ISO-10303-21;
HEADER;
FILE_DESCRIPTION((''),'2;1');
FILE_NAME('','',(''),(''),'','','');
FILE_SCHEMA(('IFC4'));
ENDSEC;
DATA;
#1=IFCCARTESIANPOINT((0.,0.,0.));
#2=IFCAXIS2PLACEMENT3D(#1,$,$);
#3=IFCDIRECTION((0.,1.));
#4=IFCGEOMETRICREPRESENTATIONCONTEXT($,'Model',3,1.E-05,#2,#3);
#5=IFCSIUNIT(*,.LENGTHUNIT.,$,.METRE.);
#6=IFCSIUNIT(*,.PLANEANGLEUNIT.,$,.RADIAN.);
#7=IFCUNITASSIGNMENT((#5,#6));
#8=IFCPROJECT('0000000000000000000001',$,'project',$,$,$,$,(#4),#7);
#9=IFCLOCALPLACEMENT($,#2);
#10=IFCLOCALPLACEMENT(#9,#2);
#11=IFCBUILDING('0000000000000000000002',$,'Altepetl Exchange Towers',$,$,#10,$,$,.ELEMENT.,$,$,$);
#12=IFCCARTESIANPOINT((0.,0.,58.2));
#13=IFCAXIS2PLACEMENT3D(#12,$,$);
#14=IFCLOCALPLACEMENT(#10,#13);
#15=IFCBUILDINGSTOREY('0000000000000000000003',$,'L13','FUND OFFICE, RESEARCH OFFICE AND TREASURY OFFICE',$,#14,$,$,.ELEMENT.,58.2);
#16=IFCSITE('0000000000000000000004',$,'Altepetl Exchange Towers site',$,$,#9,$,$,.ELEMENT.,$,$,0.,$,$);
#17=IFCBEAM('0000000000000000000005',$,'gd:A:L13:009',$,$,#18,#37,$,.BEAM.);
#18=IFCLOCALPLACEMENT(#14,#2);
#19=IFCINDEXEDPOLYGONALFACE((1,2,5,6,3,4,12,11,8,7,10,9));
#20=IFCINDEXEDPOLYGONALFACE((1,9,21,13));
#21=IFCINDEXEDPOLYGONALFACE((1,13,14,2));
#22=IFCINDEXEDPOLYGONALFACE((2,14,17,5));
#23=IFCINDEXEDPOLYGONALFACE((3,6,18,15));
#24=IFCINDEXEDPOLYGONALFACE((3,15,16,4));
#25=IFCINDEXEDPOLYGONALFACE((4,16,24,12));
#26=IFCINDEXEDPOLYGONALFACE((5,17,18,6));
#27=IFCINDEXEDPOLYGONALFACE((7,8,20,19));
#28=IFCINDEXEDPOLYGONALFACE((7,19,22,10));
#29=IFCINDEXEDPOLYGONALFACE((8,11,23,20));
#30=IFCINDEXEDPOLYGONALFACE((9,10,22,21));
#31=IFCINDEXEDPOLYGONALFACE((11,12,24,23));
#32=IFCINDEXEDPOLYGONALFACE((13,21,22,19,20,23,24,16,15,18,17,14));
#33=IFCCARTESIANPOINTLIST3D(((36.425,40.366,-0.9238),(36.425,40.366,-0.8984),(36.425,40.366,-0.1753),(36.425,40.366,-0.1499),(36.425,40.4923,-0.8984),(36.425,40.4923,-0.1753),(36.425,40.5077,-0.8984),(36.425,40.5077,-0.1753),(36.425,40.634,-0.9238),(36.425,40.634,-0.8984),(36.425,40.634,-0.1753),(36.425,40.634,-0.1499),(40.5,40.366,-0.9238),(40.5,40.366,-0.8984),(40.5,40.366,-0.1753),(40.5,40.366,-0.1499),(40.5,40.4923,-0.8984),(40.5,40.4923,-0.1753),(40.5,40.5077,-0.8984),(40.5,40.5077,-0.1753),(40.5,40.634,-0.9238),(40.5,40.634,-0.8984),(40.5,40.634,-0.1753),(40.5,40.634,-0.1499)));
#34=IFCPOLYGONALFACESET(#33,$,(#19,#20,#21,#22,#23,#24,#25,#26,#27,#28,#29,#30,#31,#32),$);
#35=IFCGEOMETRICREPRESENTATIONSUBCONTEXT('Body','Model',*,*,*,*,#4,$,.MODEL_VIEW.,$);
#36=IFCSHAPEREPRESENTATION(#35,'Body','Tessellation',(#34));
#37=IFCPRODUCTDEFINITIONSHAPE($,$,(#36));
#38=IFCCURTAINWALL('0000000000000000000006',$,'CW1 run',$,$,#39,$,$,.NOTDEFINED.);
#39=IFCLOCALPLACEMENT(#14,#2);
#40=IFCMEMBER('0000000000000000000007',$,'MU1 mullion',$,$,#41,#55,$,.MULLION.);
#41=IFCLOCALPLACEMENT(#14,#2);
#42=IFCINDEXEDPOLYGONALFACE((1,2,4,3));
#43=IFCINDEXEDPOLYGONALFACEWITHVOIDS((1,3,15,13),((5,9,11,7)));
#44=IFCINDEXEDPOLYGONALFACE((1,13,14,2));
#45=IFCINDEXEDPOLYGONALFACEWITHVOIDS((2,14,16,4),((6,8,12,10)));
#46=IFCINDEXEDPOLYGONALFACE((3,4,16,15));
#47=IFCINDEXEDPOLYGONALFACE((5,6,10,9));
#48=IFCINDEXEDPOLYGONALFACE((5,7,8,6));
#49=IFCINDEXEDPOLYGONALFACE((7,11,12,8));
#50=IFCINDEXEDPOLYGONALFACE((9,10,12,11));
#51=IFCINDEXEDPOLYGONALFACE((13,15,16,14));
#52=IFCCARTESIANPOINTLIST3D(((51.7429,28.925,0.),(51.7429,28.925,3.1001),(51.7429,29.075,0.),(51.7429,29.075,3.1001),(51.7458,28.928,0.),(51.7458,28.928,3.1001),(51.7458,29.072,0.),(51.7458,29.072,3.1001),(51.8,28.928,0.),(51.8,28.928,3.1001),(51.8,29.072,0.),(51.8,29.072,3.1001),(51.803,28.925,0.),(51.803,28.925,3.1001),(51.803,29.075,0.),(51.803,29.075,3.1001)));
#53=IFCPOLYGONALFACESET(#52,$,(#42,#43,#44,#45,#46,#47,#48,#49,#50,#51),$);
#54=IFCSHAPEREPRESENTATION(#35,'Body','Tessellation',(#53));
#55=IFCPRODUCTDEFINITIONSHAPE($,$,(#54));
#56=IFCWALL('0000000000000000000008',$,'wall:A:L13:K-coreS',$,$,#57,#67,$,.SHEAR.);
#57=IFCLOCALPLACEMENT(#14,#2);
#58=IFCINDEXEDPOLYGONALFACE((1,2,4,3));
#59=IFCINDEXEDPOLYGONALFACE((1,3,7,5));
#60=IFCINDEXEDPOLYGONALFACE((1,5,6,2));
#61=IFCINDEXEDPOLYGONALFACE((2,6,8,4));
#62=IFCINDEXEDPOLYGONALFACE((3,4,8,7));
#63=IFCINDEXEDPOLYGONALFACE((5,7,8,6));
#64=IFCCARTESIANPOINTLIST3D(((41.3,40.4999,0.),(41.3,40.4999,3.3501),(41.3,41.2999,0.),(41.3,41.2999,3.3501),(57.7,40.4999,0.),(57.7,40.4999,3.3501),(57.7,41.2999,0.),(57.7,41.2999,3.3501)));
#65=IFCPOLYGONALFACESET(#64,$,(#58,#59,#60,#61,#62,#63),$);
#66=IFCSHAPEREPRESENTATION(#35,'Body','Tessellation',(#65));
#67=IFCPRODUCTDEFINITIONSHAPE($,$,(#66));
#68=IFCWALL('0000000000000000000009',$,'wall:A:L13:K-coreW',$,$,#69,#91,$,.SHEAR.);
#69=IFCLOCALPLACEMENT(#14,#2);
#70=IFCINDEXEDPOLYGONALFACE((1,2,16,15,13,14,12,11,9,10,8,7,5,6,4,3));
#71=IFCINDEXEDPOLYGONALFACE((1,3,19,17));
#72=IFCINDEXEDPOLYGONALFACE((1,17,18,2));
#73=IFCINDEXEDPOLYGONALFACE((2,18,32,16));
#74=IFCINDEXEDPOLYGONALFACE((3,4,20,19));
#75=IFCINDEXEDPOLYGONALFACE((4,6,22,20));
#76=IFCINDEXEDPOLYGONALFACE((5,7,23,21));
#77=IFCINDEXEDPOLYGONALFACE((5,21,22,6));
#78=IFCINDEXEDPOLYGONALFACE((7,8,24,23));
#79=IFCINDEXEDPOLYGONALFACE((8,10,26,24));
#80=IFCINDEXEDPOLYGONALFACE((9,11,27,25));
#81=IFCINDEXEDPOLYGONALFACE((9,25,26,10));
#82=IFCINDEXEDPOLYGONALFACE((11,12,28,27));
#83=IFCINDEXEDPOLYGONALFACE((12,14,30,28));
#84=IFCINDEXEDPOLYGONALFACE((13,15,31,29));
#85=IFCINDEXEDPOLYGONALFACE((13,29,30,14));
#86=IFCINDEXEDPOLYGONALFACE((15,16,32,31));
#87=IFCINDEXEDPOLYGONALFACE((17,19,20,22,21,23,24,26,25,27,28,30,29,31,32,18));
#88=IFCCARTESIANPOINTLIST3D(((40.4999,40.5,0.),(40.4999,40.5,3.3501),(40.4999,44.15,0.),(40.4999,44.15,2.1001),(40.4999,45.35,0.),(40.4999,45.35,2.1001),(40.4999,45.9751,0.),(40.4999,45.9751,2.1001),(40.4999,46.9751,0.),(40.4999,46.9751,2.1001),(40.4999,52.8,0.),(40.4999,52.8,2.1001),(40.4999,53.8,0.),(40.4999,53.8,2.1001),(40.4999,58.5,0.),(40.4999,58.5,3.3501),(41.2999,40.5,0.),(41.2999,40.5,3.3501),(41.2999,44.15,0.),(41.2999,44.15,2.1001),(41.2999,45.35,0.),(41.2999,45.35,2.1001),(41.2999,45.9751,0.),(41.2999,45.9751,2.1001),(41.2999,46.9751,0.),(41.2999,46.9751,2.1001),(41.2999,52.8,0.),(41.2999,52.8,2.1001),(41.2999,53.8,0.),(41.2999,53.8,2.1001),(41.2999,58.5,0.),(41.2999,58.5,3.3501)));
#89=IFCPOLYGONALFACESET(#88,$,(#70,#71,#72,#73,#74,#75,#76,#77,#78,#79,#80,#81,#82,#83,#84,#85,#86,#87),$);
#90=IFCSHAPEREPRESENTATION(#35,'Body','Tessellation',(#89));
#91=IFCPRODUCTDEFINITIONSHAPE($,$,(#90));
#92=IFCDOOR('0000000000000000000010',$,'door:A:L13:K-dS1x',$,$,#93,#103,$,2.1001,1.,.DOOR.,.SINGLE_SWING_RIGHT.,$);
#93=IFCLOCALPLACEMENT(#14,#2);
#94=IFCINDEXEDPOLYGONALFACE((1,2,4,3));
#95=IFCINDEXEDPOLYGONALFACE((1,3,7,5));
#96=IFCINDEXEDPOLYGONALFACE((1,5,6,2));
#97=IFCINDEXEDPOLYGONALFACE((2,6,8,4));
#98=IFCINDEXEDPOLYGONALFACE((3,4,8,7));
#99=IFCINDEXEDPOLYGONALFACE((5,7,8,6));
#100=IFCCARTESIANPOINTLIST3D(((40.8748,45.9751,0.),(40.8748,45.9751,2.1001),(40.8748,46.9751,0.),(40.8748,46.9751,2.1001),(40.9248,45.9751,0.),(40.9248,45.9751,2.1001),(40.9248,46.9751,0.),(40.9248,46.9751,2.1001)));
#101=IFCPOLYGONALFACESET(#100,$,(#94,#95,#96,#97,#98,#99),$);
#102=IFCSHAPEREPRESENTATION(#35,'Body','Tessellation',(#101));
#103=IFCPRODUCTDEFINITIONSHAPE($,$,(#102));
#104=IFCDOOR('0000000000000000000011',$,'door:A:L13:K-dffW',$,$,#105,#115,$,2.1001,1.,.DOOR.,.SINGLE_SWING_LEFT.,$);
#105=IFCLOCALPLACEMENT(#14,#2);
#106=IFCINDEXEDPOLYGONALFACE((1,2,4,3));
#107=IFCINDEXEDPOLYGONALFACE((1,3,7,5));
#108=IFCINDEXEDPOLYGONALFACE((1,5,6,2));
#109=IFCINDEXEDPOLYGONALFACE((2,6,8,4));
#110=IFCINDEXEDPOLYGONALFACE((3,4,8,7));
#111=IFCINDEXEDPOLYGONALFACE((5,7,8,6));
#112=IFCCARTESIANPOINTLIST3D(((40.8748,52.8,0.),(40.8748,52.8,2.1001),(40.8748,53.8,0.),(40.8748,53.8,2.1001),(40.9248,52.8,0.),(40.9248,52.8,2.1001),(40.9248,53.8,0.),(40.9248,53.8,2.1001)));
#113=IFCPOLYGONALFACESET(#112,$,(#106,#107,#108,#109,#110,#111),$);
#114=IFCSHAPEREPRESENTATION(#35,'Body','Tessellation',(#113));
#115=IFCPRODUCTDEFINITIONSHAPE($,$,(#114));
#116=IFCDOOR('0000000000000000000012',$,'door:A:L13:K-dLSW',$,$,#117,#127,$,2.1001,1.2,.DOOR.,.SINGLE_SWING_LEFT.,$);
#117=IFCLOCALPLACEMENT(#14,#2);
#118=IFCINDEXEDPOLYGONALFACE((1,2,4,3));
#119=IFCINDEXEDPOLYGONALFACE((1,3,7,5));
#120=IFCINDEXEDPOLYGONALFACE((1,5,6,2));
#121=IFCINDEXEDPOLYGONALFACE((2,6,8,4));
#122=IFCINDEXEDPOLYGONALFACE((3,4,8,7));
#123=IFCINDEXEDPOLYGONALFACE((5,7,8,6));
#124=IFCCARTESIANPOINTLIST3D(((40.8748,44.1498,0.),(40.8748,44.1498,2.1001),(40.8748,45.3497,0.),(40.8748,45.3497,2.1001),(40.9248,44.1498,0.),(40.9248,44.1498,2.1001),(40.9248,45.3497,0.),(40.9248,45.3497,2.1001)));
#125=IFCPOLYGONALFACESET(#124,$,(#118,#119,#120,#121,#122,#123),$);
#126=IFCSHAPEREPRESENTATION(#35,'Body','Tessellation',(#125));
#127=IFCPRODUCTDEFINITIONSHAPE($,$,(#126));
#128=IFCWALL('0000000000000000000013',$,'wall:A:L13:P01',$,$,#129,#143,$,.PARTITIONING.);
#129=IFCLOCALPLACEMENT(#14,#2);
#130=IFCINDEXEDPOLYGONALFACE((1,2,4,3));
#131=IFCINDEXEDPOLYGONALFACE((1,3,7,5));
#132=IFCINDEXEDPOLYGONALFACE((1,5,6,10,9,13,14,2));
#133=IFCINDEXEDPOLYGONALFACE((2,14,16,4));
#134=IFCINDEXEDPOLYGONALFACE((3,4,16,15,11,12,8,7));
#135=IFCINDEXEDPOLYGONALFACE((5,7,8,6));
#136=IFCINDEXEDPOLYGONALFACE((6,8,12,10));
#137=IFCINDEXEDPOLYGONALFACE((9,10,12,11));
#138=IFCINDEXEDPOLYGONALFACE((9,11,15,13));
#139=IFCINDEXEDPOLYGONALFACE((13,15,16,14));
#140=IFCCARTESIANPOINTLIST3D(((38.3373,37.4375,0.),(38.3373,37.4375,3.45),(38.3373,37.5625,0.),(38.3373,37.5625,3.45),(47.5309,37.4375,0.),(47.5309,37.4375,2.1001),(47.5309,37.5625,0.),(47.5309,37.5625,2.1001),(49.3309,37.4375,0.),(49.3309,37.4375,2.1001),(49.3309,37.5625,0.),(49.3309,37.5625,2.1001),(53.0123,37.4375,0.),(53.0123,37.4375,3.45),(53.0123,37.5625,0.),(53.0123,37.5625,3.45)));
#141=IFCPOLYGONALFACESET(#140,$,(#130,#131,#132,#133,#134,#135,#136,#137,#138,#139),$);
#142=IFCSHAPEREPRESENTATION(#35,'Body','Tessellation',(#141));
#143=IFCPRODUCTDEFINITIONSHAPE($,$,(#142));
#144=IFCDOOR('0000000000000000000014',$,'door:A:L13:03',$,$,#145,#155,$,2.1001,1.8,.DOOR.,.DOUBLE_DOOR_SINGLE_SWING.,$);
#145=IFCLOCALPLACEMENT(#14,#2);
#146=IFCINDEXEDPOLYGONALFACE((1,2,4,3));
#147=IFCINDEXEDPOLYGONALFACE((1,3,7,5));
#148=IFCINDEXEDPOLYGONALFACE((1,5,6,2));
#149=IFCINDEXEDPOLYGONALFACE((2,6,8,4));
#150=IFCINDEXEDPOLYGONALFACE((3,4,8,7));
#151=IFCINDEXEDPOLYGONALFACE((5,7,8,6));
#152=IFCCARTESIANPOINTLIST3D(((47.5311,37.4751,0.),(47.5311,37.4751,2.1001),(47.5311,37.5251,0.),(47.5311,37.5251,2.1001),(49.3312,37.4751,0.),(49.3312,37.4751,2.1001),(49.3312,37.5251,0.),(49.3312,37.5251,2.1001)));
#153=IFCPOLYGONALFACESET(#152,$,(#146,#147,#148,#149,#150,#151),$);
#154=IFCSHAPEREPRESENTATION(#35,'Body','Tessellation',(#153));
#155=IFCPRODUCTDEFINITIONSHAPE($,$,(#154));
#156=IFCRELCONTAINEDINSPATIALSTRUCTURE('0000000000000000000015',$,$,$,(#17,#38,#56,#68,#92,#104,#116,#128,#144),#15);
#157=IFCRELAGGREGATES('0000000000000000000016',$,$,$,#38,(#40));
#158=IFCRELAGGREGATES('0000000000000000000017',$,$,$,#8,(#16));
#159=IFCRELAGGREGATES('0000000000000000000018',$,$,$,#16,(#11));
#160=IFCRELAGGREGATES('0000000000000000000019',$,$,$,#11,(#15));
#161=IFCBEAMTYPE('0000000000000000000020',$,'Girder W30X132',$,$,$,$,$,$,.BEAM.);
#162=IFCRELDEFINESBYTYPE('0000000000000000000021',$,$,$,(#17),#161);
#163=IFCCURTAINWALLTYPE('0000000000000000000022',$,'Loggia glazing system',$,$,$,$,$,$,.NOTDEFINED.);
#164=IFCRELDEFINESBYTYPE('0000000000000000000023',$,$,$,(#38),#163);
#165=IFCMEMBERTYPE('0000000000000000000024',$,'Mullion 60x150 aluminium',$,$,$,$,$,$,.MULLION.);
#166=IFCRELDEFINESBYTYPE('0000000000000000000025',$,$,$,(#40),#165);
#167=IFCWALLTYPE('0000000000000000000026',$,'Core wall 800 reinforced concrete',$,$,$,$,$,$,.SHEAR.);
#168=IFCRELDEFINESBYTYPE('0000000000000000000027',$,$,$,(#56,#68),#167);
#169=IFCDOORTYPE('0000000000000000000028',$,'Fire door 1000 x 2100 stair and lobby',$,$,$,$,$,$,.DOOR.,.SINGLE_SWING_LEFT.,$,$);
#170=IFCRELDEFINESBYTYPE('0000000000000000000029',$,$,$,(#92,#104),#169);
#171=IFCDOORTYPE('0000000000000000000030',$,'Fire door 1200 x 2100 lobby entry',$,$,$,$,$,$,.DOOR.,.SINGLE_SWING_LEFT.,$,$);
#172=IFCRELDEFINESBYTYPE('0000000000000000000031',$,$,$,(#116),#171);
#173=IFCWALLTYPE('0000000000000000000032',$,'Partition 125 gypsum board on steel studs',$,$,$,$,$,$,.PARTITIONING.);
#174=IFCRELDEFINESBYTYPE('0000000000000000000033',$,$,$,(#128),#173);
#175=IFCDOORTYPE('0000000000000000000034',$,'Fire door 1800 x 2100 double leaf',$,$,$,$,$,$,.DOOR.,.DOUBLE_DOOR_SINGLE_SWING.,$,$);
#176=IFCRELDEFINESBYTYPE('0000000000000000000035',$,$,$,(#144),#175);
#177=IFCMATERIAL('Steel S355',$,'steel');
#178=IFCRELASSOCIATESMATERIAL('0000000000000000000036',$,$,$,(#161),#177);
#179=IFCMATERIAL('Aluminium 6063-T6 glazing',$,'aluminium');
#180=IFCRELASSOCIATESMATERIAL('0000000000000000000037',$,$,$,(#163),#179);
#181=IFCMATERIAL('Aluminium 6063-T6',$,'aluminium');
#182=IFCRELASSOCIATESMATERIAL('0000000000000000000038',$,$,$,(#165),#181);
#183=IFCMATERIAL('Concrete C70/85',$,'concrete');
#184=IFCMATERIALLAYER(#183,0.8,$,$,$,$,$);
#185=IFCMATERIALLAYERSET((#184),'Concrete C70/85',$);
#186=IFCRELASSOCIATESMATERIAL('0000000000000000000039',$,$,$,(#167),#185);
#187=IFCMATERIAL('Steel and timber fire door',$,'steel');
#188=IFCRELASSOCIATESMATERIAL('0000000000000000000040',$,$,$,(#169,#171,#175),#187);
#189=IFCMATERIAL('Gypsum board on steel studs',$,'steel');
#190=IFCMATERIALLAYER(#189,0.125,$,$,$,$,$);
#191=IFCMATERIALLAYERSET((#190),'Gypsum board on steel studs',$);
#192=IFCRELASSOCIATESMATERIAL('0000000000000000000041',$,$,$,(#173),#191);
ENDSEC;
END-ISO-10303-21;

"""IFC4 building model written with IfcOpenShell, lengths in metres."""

from ifc_helpers import new_model, si_unit, direction, frame, frame_2d, origin, origin_2d, place, context, subcontext, project, spatial, rectangle, hollow_rectangle, i_section, extrude, material, layer, layer_set, material_profile, profile_set, type_object, element, fill, aggregate, save


model = new_model("IFC4")

# Units and contexts
model_context = context("Model", 3, precision=1e-05, world=origin(), true_north=direction((0.0, 1.0)))
body_context = subcontext(model_context, "Body", "Model", "MODEL_VIEW")
ifc_project = project(units=[si_unit("LENGTHUNIT", "METRE"), si_unit("PLANEANGLEUNIT", "RADIAN")], contexts=[model_context])

# Site, building, storey
site_placement = place(None, origin())
site = spatial("IfcSite", under=ifc_project, at=site_placement, Name="Altepetl Exchange Towers site", CompositionType="ELEMENT", RefElevation=0.0)
building_placement = place(site_placement, origin())
building = spatial("IfcBuilding", under=site, at=building_placement, Name="Altepetl Exchange Towers", CompositionType="ELEMENT")
storey_placement = place(building_placement, frame((0.0, 0.0, 58.2)))
storey = spatial("IfcBuildingStorey", under=building, at=storey_placement, Name="L13", Description="FUND OFFICE, RESEARCH OFFICE AND TREASURY OFFICE", CompositionType="ELEMENT", Elevation=58.2)

# Beam
ifc_material_1 = material(Name="Steel S355", Category="steel")
ifc_material_profile_1 = material_profile(ifc_material_1, i_section(OverallWidth=0.2681, OverallDepth=0.7739, WebThickness=0.0154, FlangeThickness=0.0254, at=origin_2d()), Name="W30X132")
ifc_profile_set_1 = profile_set([ifc_material_profile_1], Name="Steel S355")
beam_type = type_object("IfcBeamType", Name="Girder W30X132", PredefinedType="BEAM", material=ifc_profile_set_1)
beam_placement = place(storey_placement, frame((40.5, 40.5, -0.5369), z_axis=(-1.0, 0.0, 0.0), x_axis=(0.0, -1.0, 0.0)))
element("IfcBeam", 1, at=beam_placement, inside=storey, type_object=beam_type, Name="gd:A:L13:009", PredefinedType="BEAM", context=body_context, shape_type="SweptSolid", body=[
    extrude(i_section(OverallWidth=0.2681, OverallDepth=0.7739, WebThickness=0.0154, FlangeThickness=0.0254, at=origin_2d()), origin(), (0.0, 0.0, 1.0), 4.075),
])

# Curtain wall, member
ifc_material_2 = material(Name="Aluminium 6063-T6 glazing", Category="aluminium")
curtain_wall_type = type_object("IfcCurtainWallType", Name="Loggia glazing system", PredefinedType="NOTDEFINED", material=ifc_material_2)
curtain_wall_placement = place(storey_placement, origin())
curtain_wall = element("IfcCurtainWall", 2, at=curtain_wall_placement, inside=storey, type_object=curtain_wall_type, Name="CW1 run", PredefinedType="NOTDEFINED")
ifc_material_3 = material(Name="Aluminium 6063-T6", Category="aluminium")
ifc_material_profile_2 = material_profile(ifc_material_3, hollow_rectangle(XDim=0.0601, YDim=0.1499, WallThickness=0.0029, at=origin_2d()), Name="Mullion 60x150 aluminium")
ifc_profile_set_2 = profile_set([ifc_material_profile_2], Name="Aluminium 6063-T6")
member_type = type_object("IfcMemberType", Name="Mullion 60x150 aluminium", PredefinedType="MULLION", material=ifc_profile_set_2)
member_placement = place(storey_placement, frame((51.7729, 29.0, 0.0)))
member = element("IfcMember", 3, at=member_placement, type_object=member_type, Name="MU1 mullion", PredefinedType="MULLION", context=body_context, shape_type="SweptSolid", body=[
    extrude(hollow_rectangle(XDim=0.0601, YDim=0.1499, WallThickness=0.0029, at=origin_2d()), origin(), (0.0, 0.0, 1.0), 3.1001),
])
aggregate(curtain_wall, [member])

# Wall
ifc_material_4 = material(Name="Concrete C70/85", Category="concrete")
ifc_layer_1 = layer(ifc_material_4, 0.8)
ifc_layer_set_1 = layer_set([ifc_layer_1], Name="Concrete C70/85")
wall_type_1 = type_object("IfcWallType", Name="Core wall 800 reinforced concrete", PredefinedType="SHEAR", material=ifc_layer_set_1)
wall_1_placement = place(storey_placement, frame((41.3, 40.8999, 0.0)))
element("IfcWall", 4, at=wall_1_placement, inside=storey, type_object=wall_type_1, Name="wall:A:L13:K-coreS", PredefinedType="SHEAR", context=body_context, shape_type="SweptSolid", body=[
    extrude(rectangle(XDim=16.3999, YDim=0.8, at=frame_2d((8.2, 0.0))), origin(), (0.0, 0.0, 1.0), 3.3501),
])

# Wall, openings, doors
wall_2_placement = place(storey_placement, frame((40.8999, 40.5, 0.0), z_axis=(0.0, 0.0, 1.0), x_axis=(0.0, 1.0, 0.0)))
wall_2 = element("IfcWall", 5, at=wall_2_placement, inside=storey, type_object=wall_type_1, Name="wall:A:L13:K-coreW", PredefinedType="SHEAR", context=body_context, shape_type="SweptSolid", body=[
    extrude(rectangle(XDim=18.0, YDim=0.8, at=frame_2d((9.0, 0.0))), origin(), (0.0, 0.0, 1.0), 3.3501),
])
opening_1_placement = place(wall_2_placement, frame((3.6499, 0.0, 0.0)))
opening_1 = element("IfcOpeningElement", 6, at=opening_1_placement, cuts=wall_2, PredefinedType="OPENING", context=body_context, shape_type="SweptSolid", body=[
    extrude(rectangle(XDim=1.2, YDim=2.1001, at=frame_2d((0.6001, 1.05))), frame((0.0, 0.4102, 0.0), z_axis=(0.0, -1.0, 0.0), x_axis=(1.0, 0.0, 0.0)), (0.0, 0.0, 1.0), 0.8201),
])
opening_2_placement = place(wall_2_placement, frame((5.4751, 0.0, 0.0)))
opening_2 = element("IfcOpeningElement", 7, at=opening_2_placement, cuts=wall_2, PredefinedType="OPENING", context=body_context, shape_type="SweptSolid", body=[
    extrude(rectangle(XDim=1.0, YDim=2.1001, at=frame_2d((0.5, 1.05))), frame((0.0, 0.4102, 0.0), z_axis=(0.0, -1.0, 0.0), x_axis=(1.0, 0.0, 0.0)), (0.0, 0.0, 1.0), 0.8201),
])
opening_3_placement = place(wall_2_placement, frame((12.3, 0.0, 0.0)))
opening_3 = element("IfcOpeningElement", 8, at=opening_3_placement, cuts=wall_2, PredefinedType="OPENING", context=body_context, shape_type="SweptSolid", body=[
    extrude(rectangle(XDim=1.0, YDim=2.1001, at=frame_2d((0.5, 1.05))), frame((0.0, 0.4102, 0.0), z_axis=(0.0, -1.0, 0.0), x_axis=(1.0, 0.0, 0.0)), (0.0, 0.0, 1.0), 0.8201),
])
ifc_material_5 = material(Name="Steel and timber fire door", Category="steel")
door_type_1 = type_object("IfcDoorType", Name="Fire door 1000 x 2100 stair and lobby", OperationType="SINGLE_SWING_LEFT", PredefinedType="DOOR", material=ifc_material_5)
door_1_placement = place(opening_2_placement, frame((1.0, 0.0, 0.0), x_axis=(-1.0, 0.0, 0.0)))
door_1 = element("IfcDoor", 9, at=door_1_placement, inside=storey, type_object=door_type_1, Name="door:A:L13:K-dS1x", OperationType="SINGLE_SWING_RIGHT", OverallHeight=2.1001, OverallWidth=1.0, PredefinedType="DOOR", context=body_context, shape_type="SweptSolid", body=[
    extrude(rectangle(XDim=1.0, YDim=2.1001, at=frame_2d((0.5, 1.05))), frame((0.0, 0.0249, 0.0), z_axis=(0.0, -1.0, 0.0), x_axis=(1.0, 0.0, 0.0)), (0.0, 0.0, 1.0), 0.05),
])
fill(opening_2, door_1)
door_2_placement = place(opening_3_placement, frame((1.0, 0.0, 0.0), x_axis=(-1.0, 0.0, 0.0)))
door_2 = element("IfcDoor", 10, at=door_2_placement, inside=storey, type_object=door_type_1, Name="door:A:L13:K-dffW", OperationType="SINGLE_SWING_LEFT", OverallHeight=2.1001, OverallWidth=1.0, PredefinedType="DOOR", context=body_context, shape_type="SweptSolid", body=[
    extrude(rectangle(XDim=1.0, YDim=2.1001, at=frame_2d((0.5, 1.05))), frame((0.0, 0.0249, 0.0), z_axis=(0.0, -1.0, 0.0), x_axis=(1.0, 0.0, 0.0)), (0.0, 0.0, 1.0), 0.05),
])
fill(opening_3, door_2)
door_type_2 = type_object("IfcDoorType", Name="Fire door 1200 x 2100 lobby entry", OperationType="SINGLE_SWING_LEFT", PredefinedType="DOOR", material=ifc_material_5)
door_3_placement = place(opening_1_placement, frame((1.2, 0.0, 0.0), x_axis=(-1.0, 0.0, 0.0)))
door_3 = element("IfcDoor", 11, at=door_3_placement, inside=storey, type_object=door_type_2, Name="door:A:L13:K-dLSW", OperationType="SINGLE_SWING_LEFT", OverallHeight=2.1001, OverallWidth=1.2, PredefinedType="DOOR", context=body_context, shape_type="SweptSolid", body=[
    extrude(rectangle(XDim=1.2, YDim=2.1001, at=frame_2d((0.6001, 1.05))), frame((0.0, 0.0249, 0.0), z_axis=(0.0, -1.0, 0.0), x_axis=(1.0, 0.0, 0.0)), (0.0, 0.0, 1.0), 0.05),
])
fill(opening_1, door_3)

# Wall, opening, door
ifc_material_6 = material(Name="Gypsum board on steel studs", Category="steel")
ifc_layer_2 = layer(ifc_material_6, 0.125)
ifc_layer_set_2 = layer_set([ifc_layer_2], Name="Gypsum board on steel studs")
wall_type_2 = type_object("IfcWallType", Name="Partition 125 gypsum board on steel studs", PredefinedType="PARTITIONING", material=ifc_layer_set_2)
wall_3_placement = place(storey_placement, frame((38.3374, 37.5, 0.0)))
wall_3 = element("IfcWall", 12, at=wall_3_placement, inside=storey, type_object=wall_type_2, Name="wall:A:L13:P01", PredefinedType="PARTITIONING", context=body_context, shape_type="SweptSolid", body=[
    extrude(rectangle(XDim=14.675, YDim=0.125, at=frame_2d((7.3374, 0.0))), origin(), (0.0, 0.0, 1.0), 3.45),
])
opening_4_placement = place(wall_3_placement, frame((9.1936, 0.0, 0.0)))
opening_4 = element("IfcOpeningElement", 13, at=opening_4_placement, cuts=wall_3, PredefinedType="OPENING", context=body_context, shape_type="SweptSolid", body=[
    extrude(rectangle(XDim=1.8, YDim=2.1001, at=frame_2d((0.8999, 1.05))), frame((0.0, 0.0725, 0.0), z_axis=(0.0, -1.0, 0.0), x_axis=(1.0, 0.0, 0.0)), (0.0, 0.0, 1.0), 0.145),
])
door_type_3 = type_object("IfcDoorType", Name="Fire door 1800 x 2100 double leaf", OperationType="DOUBLE_DOOR_SINGLE_SWING", PredefinedType="DOOR", material=ifc_material_5)
door_4_placement = place(opening_4_placement, frame((1.8, 0.0, 0.0), x_axis=(-1.0, 0.0, 0.0)))
door_4 = element("IfcDoor", 14, at=door_4_placement, inside=storey, type_object=door_type_3, Name="door:A:L13:03", OperationType="DOUBLE_DOOR_SINGLE_SWING", OverallHeight=2.1001, OverallWidth=1.8, PredefinedType="DOOR", context=body_context, shape_type="SweptSolid", body=[
    extrude(rectangle(XDim=1.8, YDim=2.1001, at=frame_2d((0.8999, 1.05))), frame((0.0, 0.0249, 0.0), z_axis=(0.0, -1.0, 0.0), x_axis=(1.0, 0.0, 0.0)), (0.0, 0.0, 1.0), 0.05),
])
fill(opening_4, door_4)

save(model, "model.ifc")
